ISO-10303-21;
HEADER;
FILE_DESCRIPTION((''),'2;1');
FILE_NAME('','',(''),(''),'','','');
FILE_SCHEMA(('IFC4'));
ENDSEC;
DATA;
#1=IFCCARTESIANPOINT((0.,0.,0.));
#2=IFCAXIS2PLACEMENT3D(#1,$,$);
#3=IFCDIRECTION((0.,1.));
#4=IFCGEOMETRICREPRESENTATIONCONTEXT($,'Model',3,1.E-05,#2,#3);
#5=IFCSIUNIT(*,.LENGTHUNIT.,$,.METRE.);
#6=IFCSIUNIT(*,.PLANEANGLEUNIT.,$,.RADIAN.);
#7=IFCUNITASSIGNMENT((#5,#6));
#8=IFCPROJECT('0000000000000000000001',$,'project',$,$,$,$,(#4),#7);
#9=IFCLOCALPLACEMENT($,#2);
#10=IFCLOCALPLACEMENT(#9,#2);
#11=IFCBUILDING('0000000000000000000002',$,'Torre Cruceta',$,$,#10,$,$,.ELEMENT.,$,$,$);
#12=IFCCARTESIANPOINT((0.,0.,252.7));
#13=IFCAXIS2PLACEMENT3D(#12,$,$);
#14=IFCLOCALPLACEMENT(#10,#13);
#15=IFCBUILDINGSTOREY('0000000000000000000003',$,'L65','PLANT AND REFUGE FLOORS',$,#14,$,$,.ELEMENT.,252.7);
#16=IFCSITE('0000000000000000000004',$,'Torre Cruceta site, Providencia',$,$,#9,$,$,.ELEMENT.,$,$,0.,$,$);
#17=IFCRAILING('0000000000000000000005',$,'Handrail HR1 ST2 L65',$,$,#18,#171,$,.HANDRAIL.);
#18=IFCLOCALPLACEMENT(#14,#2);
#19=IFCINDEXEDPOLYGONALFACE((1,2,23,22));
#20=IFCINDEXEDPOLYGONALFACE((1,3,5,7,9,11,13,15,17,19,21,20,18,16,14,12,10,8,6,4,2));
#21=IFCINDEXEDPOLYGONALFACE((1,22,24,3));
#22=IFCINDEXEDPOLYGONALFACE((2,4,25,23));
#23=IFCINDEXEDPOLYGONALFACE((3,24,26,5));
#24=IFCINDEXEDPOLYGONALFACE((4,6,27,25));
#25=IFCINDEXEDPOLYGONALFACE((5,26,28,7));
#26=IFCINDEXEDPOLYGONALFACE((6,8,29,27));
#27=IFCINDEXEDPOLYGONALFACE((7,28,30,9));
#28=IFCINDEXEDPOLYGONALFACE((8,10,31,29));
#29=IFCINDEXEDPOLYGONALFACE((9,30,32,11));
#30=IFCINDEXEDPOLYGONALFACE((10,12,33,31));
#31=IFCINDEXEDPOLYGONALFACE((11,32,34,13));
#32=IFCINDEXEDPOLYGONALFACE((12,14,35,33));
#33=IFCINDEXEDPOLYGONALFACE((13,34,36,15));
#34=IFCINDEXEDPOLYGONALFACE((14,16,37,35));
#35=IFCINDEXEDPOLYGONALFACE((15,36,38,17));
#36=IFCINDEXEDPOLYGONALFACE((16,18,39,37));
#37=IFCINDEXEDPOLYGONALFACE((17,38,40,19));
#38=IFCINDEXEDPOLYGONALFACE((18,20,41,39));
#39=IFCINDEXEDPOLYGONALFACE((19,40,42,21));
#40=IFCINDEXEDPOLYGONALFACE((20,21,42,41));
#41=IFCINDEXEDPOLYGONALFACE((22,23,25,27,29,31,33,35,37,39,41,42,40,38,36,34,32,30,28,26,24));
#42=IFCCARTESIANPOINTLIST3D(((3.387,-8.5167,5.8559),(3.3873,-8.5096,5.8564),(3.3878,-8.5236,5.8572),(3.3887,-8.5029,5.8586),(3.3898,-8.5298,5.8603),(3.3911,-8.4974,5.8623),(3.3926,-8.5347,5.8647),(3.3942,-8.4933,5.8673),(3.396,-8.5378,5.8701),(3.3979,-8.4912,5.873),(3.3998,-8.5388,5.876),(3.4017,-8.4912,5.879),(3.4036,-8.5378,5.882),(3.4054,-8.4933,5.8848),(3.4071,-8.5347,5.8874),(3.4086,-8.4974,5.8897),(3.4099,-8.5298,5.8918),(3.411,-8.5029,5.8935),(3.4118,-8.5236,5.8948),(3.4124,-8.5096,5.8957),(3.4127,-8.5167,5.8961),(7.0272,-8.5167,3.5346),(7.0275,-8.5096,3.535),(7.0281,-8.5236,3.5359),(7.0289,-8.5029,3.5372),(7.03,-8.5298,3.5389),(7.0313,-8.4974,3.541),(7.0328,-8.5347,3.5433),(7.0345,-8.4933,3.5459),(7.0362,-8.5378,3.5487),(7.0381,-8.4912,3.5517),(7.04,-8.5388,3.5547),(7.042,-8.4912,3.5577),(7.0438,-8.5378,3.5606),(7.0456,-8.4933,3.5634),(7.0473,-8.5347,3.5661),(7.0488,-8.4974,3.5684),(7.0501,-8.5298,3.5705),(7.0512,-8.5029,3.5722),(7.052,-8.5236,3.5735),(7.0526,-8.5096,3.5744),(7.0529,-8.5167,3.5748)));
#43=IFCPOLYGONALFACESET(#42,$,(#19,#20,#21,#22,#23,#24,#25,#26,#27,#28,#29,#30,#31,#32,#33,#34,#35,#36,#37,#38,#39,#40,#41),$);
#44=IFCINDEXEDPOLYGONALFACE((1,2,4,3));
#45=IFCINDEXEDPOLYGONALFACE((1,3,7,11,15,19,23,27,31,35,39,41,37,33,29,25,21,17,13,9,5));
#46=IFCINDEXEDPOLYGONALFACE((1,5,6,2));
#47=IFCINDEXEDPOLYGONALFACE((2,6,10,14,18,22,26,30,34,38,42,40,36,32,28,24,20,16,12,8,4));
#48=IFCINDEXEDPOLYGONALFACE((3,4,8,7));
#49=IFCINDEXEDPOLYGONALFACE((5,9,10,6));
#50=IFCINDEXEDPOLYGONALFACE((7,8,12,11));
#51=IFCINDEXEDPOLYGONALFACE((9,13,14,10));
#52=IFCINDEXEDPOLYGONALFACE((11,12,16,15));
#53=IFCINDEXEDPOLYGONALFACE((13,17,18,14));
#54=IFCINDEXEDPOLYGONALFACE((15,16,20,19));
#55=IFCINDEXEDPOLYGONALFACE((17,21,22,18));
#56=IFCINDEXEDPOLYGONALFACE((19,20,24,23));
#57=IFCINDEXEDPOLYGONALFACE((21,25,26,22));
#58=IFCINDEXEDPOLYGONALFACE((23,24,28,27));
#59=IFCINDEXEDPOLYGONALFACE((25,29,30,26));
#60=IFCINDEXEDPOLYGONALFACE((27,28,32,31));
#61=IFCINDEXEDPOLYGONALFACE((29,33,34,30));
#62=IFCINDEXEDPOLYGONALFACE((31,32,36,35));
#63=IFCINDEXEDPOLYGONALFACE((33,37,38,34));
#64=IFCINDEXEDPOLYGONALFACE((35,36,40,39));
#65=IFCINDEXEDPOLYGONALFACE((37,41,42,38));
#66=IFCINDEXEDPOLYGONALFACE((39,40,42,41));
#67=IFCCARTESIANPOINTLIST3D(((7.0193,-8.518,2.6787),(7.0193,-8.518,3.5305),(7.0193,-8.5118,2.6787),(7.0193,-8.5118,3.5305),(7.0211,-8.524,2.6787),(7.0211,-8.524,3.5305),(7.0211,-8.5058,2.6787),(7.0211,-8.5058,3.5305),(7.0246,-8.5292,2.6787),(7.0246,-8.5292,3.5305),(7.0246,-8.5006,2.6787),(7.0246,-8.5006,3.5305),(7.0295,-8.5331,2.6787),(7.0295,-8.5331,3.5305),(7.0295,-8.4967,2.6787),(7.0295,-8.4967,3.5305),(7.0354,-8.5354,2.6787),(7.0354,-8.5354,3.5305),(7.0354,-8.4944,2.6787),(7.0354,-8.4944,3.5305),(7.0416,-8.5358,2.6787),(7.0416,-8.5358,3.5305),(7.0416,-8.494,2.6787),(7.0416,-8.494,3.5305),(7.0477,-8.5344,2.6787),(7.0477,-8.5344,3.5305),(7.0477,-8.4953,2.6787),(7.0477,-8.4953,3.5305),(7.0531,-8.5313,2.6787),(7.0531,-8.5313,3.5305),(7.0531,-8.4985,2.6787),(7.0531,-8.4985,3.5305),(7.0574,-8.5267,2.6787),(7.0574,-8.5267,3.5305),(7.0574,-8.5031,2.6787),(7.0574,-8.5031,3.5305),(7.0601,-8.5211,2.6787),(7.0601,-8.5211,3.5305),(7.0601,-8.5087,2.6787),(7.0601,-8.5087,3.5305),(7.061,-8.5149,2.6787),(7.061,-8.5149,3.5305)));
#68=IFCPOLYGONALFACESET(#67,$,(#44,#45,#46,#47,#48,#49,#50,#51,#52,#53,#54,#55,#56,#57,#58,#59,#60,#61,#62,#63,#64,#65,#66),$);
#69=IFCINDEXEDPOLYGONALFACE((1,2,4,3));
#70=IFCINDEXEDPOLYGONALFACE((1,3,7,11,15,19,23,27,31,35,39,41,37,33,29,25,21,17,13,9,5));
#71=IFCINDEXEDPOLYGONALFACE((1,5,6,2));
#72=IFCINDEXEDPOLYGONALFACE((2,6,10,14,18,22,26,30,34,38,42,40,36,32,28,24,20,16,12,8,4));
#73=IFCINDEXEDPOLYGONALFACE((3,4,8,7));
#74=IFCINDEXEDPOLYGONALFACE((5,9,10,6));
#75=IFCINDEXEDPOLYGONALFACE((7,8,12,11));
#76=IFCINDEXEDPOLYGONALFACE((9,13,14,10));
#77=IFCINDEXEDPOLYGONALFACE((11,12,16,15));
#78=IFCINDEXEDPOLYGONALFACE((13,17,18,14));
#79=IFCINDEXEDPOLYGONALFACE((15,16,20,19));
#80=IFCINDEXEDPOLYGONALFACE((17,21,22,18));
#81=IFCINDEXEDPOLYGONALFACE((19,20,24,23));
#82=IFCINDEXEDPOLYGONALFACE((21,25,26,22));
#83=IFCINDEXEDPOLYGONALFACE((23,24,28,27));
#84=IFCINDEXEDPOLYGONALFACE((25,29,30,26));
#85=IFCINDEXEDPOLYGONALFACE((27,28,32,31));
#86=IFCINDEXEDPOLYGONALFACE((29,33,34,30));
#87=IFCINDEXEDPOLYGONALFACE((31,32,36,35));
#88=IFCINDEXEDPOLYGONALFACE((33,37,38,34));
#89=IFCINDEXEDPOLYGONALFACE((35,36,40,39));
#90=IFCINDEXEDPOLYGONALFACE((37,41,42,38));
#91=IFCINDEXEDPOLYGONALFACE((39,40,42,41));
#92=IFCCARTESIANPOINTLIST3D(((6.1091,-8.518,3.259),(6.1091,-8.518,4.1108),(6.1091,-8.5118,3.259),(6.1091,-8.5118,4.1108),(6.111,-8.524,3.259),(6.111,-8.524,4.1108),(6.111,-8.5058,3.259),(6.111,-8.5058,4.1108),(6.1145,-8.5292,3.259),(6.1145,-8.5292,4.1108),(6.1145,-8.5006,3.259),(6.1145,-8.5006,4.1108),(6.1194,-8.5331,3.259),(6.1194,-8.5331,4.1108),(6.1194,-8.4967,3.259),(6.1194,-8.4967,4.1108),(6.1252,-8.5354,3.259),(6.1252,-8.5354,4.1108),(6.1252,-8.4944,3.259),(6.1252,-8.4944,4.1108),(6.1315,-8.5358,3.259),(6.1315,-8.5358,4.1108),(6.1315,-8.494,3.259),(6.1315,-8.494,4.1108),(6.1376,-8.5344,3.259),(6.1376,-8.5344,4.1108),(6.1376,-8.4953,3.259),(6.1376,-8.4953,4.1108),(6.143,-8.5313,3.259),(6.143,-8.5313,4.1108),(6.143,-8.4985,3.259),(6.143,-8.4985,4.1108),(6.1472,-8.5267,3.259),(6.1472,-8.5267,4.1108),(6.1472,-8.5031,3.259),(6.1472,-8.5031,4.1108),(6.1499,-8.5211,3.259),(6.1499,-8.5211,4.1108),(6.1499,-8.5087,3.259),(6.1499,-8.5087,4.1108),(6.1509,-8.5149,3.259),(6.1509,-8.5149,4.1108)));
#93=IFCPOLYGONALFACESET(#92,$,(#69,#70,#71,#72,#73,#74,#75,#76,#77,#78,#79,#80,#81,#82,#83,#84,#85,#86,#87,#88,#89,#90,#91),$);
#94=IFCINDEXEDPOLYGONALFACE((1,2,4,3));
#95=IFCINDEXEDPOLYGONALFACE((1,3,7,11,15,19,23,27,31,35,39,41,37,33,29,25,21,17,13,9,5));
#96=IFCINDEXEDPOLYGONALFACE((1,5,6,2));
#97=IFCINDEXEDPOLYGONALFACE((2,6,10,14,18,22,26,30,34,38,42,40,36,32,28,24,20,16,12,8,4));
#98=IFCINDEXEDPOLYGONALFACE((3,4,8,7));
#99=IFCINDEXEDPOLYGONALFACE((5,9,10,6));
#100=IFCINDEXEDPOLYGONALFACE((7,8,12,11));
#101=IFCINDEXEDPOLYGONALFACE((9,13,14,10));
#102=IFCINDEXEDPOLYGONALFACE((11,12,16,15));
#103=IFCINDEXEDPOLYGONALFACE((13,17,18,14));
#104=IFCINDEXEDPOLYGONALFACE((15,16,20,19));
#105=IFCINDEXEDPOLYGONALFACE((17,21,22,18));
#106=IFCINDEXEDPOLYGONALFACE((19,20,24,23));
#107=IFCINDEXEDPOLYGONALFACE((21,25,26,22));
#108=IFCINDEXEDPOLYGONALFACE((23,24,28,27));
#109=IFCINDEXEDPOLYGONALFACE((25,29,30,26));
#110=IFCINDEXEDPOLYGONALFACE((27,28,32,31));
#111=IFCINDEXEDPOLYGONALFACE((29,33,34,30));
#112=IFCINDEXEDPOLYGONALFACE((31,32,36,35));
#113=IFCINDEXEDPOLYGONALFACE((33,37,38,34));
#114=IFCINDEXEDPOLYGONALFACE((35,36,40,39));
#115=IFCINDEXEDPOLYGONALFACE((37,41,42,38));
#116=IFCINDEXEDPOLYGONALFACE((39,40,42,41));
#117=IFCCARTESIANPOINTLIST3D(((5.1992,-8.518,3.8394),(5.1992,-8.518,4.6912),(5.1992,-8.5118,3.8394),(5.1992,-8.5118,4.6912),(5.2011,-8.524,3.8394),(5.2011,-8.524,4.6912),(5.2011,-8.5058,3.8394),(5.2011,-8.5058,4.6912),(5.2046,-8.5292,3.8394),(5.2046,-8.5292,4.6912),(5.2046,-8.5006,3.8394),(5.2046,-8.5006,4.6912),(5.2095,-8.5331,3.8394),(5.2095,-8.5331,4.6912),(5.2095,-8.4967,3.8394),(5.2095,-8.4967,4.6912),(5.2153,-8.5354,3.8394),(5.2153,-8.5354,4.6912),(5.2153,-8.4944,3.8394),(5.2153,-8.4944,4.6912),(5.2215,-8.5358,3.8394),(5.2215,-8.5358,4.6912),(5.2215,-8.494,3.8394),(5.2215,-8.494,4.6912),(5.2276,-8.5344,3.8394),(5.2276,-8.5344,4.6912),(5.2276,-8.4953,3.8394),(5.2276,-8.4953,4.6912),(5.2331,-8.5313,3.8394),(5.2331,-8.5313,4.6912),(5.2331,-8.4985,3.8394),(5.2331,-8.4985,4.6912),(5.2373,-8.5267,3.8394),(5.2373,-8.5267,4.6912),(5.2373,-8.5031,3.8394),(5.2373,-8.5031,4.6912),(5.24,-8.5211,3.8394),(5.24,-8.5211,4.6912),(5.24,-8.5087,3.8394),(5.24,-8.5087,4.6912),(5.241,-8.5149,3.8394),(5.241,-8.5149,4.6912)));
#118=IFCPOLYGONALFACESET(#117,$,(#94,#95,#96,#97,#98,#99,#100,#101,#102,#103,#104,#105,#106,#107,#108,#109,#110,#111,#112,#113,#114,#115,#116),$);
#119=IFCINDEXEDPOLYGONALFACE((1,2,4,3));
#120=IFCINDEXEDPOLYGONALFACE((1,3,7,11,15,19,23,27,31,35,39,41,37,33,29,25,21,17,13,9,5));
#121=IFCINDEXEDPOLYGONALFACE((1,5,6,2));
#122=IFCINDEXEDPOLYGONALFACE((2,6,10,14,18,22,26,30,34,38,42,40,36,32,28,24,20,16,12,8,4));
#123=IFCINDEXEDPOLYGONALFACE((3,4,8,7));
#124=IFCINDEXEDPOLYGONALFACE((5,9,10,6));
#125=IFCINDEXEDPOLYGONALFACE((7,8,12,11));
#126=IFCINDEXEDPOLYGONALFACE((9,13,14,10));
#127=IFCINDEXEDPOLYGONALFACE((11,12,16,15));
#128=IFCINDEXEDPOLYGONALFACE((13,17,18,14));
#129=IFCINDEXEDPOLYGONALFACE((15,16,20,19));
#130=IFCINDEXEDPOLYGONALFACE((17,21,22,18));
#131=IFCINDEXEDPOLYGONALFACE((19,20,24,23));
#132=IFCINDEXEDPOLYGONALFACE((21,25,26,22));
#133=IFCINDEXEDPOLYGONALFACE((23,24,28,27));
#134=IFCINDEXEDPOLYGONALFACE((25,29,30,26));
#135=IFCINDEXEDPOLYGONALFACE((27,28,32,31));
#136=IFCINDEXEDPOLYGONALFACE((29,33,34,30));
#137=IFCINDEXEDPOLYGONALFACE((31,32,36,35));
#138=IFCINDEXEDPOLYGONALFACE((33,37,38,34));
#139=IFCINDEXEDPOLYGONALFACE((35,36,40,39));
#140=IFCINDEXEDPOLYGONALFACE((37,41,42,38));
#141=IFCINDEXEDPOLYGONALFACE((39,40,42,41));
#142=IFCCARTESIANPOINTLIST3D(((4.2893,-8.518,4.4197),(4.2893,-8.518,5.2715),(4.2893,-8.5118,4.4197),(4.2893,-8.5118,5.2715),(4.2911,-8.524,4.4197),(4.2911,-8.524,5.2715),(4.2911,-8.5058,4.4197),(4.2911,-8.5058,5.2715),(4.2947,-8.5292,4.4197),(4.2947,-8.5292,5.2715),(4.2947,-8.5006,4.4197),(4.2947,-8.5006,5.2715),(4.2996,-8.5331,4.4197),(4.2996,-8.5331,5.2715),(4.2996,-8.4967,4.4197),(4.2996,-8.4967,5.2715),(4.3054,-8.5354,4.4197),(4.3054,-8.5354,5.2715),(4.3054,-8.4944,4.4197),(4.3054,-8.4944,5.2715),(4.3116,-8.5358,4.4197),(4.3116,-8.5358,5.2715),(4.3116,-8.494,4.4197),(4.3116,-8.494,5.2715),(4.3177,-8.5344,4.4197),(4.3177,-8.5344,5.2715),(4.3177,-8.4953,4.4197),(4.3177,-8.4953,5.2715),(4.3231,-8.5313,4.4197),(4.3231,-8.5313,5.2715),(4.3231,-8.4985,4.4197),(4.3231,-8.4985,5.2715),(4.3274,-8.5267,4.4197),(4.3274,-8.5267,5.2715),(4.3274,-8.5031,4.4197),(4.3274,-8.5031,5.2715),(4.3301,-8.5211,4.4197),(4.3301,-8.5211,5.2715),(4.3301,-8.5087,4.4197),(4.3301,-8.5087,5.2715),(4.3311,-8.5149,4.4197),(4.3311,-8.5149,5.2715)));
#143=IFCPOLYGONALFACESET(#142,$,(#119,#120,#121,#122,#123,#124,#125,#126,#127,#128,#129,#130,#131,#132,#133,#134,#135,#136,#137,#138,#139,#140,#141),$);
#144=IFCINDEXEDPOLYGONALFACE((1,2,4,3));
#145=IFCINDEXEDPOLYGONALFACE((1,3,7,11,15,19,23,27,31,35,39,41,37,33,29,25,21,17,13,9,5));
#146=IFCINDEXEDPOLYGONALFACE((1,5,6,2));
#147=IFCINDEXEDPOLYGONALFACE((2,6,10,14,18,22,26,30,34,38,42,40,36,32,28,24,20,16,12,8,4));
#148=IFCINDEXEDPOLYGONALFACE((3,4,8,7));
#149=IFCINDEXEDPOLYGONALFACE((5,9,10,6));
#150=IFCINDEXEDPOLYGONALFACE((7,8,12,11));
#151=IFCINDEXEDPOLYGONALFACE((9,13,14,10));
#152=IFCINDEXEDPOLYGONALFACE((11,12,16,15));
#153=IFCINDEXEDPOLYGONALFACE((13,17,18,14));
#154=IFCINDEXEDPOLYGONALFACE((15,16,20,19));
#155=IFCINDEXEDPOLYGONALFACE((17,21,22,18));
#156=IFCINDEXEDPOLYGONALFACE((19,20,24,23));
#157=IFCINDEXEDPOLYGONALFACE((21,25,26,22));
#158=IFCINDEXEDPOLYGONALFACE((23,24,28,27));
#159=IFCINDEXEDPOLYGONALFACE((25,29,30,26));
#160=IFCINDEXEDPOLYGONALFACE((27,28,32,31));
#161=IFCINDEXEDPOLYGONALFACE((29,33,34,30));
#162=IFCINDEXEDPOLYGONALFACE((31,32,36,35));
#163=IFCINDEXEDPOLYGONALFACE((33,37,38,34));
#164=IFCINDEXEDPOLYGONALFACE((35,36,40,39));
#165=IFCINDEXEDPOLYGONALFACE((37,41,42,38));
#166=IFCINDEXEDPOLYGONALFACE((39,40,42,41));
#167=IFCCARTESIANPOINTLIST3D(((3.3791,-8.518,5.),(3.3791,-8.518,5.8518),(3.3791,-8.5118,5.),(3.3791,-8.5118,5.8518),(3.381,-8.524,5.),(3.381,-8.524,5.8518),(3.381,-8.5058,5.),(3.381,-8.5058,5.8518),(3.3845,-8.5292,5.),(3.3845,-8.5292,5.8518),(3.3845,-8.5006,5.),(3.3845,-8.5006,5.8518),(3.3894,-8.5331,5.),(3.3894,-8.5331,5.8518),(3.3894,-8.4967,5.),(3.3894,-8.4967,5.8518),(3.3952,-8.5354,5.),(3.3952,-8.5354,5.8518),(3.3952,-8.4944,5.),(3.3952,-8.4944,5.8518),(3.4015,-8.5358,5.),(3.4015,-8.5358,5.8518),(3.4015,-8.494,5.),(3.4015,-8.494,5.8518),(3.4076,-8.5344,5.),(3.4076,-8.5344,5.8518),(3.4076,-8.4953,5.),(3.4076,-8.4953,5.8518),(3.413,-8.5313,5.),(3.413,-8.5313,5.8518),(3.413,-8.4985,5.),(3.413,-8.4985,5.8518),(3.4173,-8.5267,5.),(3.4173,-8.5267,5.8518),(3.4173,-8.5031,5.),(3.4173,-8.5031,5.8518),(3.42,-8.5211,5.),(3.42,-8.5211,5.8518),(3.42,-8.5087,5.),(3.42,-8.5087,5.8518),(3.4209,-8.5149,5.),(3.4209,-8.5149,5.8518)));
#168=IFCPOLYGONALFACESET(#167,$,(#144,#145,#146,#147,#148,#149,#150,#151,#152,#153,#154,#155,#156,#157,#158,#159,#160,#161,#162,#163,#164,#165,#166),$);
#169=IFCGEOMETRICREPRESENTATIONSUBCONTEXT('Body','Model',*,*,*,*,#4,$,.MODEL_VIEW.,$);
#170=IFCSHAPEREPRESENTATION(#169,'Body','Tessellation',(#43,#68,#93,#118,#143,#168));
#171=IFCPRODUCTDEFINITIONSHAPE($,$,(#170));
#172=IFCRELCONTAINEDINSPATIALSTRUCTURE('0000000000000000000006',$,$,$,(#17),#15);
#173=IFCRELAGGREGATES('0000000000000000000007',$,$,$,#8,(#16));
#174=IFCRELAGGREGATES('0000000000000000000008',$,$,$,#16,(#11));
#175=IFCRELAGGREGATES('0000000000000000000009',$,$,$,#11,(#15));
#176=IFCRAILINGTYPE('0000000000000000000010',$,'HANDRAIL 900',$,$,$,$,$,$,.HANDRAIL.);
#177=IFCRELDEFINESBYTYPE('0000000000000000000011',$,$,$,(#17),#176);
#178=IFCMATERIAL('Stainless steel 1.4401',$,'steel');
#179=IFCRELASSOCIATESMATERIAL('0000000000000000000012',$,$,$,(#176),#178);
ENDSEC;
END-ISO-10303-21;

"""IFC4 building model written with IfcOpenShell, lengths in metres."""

from ifc_helpers import new_model, si_unit, direction, frame, origin, origin_2d, place, context, subcontext, project, spatial, circle, extrude, material, type_object, element, save


model = new_model("IFC4")

# Units and contexts
model_context = context("Model", 3, precision=1e-05, world=origin(), true_north=direction((0.0, 1.0)))
body_context = subcontext(model_context, "Body", "Model", "MODEL_VIEW")
ifc_project = project(units=[si_unit("LENGTHUNIT", "METRE"), si_unit("PLANEANGLEUNIT", "RADIAN")], contexts=[model_context])

# Site, building, storey
site_placement = place(None, origin())
site = spatial("IfcSite", under=ifc_project, at=site_placement, Name="Torre Cruceta site, Providencia", CompositionType="ELEMENT", RefElevation=0.0)
building_placement = place(site_placement, origin())
building = spatial("IfcBuilding", under=site, at=building_placement, Name="Torre Cruceta", CompositionType="ELEMENT")
storey_placement = place(building_placement, frame((0.0, 0.0, 252.7)))
storey = spatial("IfcBuildingStorey", under=building, at=storey_placement, Name="L65", Description="PLANT AND REFUGE FLOORS", CompositionType="ELEMENT", Elevation=252.7)

# Railing
ifc_material_1 = material(Name="Stainless steel 1.4401", Category="steel")
railing_type = type_object("IfcRailingType", Name="HANDRAIL 900", PredefinedType="HANDRAIL", material=ifc_material_1)
railing_placement = place(storey_placement, frame((7.04, -8.5149, 2.6787)))
element("IfcRailing", 1, at=railing_placement, inside=storey, type_object=railing_type, Name="Handrail HR1 ST2 L65", PredefinedType="HANDRAIL", context=body_context, shape_type="SweptSolid", body=[
    extrude(circle(Radius=0.0239, at=origin_2d()), frame((0.0, 0.0, 0.876), z_axis=(-0.843153, 0.0, 0.537673), x_axis=(0.0, -1.0, 0.0)), (0.0, 0.0, 1.0), 4.3174),
    extrude(circle(Radius=0.021, at=origin_2d()), origin(), (0.0, 0.0, 1.0), 0.8518),
    extrude(circle(Radius=0.021, at=origin_2d()), frame((-0.9102, 0.0, 0.5803)), (0.0, 0.0, 1.0), 0.8518),
    extrude(circle(Radius=0.021, at=origin_2d()), frame((-1.8201, 0.0, 1.1606)), (0.0, 0.0, 1.0), 0.8518),
    extrude(circle(Radius=0.021, at=origin_2d()), frame((-2.73, 0.0, 1.741)), (0.0, 0.0, 1.0), 0.8518),
    extrude(circle(Radius=0.021, at=origin_2d()), frame((-3.6401, 0.0, 2.3213)), (0.0, 0.0, 1.0), 0.8518),
])

save(model, "model.ifc")
